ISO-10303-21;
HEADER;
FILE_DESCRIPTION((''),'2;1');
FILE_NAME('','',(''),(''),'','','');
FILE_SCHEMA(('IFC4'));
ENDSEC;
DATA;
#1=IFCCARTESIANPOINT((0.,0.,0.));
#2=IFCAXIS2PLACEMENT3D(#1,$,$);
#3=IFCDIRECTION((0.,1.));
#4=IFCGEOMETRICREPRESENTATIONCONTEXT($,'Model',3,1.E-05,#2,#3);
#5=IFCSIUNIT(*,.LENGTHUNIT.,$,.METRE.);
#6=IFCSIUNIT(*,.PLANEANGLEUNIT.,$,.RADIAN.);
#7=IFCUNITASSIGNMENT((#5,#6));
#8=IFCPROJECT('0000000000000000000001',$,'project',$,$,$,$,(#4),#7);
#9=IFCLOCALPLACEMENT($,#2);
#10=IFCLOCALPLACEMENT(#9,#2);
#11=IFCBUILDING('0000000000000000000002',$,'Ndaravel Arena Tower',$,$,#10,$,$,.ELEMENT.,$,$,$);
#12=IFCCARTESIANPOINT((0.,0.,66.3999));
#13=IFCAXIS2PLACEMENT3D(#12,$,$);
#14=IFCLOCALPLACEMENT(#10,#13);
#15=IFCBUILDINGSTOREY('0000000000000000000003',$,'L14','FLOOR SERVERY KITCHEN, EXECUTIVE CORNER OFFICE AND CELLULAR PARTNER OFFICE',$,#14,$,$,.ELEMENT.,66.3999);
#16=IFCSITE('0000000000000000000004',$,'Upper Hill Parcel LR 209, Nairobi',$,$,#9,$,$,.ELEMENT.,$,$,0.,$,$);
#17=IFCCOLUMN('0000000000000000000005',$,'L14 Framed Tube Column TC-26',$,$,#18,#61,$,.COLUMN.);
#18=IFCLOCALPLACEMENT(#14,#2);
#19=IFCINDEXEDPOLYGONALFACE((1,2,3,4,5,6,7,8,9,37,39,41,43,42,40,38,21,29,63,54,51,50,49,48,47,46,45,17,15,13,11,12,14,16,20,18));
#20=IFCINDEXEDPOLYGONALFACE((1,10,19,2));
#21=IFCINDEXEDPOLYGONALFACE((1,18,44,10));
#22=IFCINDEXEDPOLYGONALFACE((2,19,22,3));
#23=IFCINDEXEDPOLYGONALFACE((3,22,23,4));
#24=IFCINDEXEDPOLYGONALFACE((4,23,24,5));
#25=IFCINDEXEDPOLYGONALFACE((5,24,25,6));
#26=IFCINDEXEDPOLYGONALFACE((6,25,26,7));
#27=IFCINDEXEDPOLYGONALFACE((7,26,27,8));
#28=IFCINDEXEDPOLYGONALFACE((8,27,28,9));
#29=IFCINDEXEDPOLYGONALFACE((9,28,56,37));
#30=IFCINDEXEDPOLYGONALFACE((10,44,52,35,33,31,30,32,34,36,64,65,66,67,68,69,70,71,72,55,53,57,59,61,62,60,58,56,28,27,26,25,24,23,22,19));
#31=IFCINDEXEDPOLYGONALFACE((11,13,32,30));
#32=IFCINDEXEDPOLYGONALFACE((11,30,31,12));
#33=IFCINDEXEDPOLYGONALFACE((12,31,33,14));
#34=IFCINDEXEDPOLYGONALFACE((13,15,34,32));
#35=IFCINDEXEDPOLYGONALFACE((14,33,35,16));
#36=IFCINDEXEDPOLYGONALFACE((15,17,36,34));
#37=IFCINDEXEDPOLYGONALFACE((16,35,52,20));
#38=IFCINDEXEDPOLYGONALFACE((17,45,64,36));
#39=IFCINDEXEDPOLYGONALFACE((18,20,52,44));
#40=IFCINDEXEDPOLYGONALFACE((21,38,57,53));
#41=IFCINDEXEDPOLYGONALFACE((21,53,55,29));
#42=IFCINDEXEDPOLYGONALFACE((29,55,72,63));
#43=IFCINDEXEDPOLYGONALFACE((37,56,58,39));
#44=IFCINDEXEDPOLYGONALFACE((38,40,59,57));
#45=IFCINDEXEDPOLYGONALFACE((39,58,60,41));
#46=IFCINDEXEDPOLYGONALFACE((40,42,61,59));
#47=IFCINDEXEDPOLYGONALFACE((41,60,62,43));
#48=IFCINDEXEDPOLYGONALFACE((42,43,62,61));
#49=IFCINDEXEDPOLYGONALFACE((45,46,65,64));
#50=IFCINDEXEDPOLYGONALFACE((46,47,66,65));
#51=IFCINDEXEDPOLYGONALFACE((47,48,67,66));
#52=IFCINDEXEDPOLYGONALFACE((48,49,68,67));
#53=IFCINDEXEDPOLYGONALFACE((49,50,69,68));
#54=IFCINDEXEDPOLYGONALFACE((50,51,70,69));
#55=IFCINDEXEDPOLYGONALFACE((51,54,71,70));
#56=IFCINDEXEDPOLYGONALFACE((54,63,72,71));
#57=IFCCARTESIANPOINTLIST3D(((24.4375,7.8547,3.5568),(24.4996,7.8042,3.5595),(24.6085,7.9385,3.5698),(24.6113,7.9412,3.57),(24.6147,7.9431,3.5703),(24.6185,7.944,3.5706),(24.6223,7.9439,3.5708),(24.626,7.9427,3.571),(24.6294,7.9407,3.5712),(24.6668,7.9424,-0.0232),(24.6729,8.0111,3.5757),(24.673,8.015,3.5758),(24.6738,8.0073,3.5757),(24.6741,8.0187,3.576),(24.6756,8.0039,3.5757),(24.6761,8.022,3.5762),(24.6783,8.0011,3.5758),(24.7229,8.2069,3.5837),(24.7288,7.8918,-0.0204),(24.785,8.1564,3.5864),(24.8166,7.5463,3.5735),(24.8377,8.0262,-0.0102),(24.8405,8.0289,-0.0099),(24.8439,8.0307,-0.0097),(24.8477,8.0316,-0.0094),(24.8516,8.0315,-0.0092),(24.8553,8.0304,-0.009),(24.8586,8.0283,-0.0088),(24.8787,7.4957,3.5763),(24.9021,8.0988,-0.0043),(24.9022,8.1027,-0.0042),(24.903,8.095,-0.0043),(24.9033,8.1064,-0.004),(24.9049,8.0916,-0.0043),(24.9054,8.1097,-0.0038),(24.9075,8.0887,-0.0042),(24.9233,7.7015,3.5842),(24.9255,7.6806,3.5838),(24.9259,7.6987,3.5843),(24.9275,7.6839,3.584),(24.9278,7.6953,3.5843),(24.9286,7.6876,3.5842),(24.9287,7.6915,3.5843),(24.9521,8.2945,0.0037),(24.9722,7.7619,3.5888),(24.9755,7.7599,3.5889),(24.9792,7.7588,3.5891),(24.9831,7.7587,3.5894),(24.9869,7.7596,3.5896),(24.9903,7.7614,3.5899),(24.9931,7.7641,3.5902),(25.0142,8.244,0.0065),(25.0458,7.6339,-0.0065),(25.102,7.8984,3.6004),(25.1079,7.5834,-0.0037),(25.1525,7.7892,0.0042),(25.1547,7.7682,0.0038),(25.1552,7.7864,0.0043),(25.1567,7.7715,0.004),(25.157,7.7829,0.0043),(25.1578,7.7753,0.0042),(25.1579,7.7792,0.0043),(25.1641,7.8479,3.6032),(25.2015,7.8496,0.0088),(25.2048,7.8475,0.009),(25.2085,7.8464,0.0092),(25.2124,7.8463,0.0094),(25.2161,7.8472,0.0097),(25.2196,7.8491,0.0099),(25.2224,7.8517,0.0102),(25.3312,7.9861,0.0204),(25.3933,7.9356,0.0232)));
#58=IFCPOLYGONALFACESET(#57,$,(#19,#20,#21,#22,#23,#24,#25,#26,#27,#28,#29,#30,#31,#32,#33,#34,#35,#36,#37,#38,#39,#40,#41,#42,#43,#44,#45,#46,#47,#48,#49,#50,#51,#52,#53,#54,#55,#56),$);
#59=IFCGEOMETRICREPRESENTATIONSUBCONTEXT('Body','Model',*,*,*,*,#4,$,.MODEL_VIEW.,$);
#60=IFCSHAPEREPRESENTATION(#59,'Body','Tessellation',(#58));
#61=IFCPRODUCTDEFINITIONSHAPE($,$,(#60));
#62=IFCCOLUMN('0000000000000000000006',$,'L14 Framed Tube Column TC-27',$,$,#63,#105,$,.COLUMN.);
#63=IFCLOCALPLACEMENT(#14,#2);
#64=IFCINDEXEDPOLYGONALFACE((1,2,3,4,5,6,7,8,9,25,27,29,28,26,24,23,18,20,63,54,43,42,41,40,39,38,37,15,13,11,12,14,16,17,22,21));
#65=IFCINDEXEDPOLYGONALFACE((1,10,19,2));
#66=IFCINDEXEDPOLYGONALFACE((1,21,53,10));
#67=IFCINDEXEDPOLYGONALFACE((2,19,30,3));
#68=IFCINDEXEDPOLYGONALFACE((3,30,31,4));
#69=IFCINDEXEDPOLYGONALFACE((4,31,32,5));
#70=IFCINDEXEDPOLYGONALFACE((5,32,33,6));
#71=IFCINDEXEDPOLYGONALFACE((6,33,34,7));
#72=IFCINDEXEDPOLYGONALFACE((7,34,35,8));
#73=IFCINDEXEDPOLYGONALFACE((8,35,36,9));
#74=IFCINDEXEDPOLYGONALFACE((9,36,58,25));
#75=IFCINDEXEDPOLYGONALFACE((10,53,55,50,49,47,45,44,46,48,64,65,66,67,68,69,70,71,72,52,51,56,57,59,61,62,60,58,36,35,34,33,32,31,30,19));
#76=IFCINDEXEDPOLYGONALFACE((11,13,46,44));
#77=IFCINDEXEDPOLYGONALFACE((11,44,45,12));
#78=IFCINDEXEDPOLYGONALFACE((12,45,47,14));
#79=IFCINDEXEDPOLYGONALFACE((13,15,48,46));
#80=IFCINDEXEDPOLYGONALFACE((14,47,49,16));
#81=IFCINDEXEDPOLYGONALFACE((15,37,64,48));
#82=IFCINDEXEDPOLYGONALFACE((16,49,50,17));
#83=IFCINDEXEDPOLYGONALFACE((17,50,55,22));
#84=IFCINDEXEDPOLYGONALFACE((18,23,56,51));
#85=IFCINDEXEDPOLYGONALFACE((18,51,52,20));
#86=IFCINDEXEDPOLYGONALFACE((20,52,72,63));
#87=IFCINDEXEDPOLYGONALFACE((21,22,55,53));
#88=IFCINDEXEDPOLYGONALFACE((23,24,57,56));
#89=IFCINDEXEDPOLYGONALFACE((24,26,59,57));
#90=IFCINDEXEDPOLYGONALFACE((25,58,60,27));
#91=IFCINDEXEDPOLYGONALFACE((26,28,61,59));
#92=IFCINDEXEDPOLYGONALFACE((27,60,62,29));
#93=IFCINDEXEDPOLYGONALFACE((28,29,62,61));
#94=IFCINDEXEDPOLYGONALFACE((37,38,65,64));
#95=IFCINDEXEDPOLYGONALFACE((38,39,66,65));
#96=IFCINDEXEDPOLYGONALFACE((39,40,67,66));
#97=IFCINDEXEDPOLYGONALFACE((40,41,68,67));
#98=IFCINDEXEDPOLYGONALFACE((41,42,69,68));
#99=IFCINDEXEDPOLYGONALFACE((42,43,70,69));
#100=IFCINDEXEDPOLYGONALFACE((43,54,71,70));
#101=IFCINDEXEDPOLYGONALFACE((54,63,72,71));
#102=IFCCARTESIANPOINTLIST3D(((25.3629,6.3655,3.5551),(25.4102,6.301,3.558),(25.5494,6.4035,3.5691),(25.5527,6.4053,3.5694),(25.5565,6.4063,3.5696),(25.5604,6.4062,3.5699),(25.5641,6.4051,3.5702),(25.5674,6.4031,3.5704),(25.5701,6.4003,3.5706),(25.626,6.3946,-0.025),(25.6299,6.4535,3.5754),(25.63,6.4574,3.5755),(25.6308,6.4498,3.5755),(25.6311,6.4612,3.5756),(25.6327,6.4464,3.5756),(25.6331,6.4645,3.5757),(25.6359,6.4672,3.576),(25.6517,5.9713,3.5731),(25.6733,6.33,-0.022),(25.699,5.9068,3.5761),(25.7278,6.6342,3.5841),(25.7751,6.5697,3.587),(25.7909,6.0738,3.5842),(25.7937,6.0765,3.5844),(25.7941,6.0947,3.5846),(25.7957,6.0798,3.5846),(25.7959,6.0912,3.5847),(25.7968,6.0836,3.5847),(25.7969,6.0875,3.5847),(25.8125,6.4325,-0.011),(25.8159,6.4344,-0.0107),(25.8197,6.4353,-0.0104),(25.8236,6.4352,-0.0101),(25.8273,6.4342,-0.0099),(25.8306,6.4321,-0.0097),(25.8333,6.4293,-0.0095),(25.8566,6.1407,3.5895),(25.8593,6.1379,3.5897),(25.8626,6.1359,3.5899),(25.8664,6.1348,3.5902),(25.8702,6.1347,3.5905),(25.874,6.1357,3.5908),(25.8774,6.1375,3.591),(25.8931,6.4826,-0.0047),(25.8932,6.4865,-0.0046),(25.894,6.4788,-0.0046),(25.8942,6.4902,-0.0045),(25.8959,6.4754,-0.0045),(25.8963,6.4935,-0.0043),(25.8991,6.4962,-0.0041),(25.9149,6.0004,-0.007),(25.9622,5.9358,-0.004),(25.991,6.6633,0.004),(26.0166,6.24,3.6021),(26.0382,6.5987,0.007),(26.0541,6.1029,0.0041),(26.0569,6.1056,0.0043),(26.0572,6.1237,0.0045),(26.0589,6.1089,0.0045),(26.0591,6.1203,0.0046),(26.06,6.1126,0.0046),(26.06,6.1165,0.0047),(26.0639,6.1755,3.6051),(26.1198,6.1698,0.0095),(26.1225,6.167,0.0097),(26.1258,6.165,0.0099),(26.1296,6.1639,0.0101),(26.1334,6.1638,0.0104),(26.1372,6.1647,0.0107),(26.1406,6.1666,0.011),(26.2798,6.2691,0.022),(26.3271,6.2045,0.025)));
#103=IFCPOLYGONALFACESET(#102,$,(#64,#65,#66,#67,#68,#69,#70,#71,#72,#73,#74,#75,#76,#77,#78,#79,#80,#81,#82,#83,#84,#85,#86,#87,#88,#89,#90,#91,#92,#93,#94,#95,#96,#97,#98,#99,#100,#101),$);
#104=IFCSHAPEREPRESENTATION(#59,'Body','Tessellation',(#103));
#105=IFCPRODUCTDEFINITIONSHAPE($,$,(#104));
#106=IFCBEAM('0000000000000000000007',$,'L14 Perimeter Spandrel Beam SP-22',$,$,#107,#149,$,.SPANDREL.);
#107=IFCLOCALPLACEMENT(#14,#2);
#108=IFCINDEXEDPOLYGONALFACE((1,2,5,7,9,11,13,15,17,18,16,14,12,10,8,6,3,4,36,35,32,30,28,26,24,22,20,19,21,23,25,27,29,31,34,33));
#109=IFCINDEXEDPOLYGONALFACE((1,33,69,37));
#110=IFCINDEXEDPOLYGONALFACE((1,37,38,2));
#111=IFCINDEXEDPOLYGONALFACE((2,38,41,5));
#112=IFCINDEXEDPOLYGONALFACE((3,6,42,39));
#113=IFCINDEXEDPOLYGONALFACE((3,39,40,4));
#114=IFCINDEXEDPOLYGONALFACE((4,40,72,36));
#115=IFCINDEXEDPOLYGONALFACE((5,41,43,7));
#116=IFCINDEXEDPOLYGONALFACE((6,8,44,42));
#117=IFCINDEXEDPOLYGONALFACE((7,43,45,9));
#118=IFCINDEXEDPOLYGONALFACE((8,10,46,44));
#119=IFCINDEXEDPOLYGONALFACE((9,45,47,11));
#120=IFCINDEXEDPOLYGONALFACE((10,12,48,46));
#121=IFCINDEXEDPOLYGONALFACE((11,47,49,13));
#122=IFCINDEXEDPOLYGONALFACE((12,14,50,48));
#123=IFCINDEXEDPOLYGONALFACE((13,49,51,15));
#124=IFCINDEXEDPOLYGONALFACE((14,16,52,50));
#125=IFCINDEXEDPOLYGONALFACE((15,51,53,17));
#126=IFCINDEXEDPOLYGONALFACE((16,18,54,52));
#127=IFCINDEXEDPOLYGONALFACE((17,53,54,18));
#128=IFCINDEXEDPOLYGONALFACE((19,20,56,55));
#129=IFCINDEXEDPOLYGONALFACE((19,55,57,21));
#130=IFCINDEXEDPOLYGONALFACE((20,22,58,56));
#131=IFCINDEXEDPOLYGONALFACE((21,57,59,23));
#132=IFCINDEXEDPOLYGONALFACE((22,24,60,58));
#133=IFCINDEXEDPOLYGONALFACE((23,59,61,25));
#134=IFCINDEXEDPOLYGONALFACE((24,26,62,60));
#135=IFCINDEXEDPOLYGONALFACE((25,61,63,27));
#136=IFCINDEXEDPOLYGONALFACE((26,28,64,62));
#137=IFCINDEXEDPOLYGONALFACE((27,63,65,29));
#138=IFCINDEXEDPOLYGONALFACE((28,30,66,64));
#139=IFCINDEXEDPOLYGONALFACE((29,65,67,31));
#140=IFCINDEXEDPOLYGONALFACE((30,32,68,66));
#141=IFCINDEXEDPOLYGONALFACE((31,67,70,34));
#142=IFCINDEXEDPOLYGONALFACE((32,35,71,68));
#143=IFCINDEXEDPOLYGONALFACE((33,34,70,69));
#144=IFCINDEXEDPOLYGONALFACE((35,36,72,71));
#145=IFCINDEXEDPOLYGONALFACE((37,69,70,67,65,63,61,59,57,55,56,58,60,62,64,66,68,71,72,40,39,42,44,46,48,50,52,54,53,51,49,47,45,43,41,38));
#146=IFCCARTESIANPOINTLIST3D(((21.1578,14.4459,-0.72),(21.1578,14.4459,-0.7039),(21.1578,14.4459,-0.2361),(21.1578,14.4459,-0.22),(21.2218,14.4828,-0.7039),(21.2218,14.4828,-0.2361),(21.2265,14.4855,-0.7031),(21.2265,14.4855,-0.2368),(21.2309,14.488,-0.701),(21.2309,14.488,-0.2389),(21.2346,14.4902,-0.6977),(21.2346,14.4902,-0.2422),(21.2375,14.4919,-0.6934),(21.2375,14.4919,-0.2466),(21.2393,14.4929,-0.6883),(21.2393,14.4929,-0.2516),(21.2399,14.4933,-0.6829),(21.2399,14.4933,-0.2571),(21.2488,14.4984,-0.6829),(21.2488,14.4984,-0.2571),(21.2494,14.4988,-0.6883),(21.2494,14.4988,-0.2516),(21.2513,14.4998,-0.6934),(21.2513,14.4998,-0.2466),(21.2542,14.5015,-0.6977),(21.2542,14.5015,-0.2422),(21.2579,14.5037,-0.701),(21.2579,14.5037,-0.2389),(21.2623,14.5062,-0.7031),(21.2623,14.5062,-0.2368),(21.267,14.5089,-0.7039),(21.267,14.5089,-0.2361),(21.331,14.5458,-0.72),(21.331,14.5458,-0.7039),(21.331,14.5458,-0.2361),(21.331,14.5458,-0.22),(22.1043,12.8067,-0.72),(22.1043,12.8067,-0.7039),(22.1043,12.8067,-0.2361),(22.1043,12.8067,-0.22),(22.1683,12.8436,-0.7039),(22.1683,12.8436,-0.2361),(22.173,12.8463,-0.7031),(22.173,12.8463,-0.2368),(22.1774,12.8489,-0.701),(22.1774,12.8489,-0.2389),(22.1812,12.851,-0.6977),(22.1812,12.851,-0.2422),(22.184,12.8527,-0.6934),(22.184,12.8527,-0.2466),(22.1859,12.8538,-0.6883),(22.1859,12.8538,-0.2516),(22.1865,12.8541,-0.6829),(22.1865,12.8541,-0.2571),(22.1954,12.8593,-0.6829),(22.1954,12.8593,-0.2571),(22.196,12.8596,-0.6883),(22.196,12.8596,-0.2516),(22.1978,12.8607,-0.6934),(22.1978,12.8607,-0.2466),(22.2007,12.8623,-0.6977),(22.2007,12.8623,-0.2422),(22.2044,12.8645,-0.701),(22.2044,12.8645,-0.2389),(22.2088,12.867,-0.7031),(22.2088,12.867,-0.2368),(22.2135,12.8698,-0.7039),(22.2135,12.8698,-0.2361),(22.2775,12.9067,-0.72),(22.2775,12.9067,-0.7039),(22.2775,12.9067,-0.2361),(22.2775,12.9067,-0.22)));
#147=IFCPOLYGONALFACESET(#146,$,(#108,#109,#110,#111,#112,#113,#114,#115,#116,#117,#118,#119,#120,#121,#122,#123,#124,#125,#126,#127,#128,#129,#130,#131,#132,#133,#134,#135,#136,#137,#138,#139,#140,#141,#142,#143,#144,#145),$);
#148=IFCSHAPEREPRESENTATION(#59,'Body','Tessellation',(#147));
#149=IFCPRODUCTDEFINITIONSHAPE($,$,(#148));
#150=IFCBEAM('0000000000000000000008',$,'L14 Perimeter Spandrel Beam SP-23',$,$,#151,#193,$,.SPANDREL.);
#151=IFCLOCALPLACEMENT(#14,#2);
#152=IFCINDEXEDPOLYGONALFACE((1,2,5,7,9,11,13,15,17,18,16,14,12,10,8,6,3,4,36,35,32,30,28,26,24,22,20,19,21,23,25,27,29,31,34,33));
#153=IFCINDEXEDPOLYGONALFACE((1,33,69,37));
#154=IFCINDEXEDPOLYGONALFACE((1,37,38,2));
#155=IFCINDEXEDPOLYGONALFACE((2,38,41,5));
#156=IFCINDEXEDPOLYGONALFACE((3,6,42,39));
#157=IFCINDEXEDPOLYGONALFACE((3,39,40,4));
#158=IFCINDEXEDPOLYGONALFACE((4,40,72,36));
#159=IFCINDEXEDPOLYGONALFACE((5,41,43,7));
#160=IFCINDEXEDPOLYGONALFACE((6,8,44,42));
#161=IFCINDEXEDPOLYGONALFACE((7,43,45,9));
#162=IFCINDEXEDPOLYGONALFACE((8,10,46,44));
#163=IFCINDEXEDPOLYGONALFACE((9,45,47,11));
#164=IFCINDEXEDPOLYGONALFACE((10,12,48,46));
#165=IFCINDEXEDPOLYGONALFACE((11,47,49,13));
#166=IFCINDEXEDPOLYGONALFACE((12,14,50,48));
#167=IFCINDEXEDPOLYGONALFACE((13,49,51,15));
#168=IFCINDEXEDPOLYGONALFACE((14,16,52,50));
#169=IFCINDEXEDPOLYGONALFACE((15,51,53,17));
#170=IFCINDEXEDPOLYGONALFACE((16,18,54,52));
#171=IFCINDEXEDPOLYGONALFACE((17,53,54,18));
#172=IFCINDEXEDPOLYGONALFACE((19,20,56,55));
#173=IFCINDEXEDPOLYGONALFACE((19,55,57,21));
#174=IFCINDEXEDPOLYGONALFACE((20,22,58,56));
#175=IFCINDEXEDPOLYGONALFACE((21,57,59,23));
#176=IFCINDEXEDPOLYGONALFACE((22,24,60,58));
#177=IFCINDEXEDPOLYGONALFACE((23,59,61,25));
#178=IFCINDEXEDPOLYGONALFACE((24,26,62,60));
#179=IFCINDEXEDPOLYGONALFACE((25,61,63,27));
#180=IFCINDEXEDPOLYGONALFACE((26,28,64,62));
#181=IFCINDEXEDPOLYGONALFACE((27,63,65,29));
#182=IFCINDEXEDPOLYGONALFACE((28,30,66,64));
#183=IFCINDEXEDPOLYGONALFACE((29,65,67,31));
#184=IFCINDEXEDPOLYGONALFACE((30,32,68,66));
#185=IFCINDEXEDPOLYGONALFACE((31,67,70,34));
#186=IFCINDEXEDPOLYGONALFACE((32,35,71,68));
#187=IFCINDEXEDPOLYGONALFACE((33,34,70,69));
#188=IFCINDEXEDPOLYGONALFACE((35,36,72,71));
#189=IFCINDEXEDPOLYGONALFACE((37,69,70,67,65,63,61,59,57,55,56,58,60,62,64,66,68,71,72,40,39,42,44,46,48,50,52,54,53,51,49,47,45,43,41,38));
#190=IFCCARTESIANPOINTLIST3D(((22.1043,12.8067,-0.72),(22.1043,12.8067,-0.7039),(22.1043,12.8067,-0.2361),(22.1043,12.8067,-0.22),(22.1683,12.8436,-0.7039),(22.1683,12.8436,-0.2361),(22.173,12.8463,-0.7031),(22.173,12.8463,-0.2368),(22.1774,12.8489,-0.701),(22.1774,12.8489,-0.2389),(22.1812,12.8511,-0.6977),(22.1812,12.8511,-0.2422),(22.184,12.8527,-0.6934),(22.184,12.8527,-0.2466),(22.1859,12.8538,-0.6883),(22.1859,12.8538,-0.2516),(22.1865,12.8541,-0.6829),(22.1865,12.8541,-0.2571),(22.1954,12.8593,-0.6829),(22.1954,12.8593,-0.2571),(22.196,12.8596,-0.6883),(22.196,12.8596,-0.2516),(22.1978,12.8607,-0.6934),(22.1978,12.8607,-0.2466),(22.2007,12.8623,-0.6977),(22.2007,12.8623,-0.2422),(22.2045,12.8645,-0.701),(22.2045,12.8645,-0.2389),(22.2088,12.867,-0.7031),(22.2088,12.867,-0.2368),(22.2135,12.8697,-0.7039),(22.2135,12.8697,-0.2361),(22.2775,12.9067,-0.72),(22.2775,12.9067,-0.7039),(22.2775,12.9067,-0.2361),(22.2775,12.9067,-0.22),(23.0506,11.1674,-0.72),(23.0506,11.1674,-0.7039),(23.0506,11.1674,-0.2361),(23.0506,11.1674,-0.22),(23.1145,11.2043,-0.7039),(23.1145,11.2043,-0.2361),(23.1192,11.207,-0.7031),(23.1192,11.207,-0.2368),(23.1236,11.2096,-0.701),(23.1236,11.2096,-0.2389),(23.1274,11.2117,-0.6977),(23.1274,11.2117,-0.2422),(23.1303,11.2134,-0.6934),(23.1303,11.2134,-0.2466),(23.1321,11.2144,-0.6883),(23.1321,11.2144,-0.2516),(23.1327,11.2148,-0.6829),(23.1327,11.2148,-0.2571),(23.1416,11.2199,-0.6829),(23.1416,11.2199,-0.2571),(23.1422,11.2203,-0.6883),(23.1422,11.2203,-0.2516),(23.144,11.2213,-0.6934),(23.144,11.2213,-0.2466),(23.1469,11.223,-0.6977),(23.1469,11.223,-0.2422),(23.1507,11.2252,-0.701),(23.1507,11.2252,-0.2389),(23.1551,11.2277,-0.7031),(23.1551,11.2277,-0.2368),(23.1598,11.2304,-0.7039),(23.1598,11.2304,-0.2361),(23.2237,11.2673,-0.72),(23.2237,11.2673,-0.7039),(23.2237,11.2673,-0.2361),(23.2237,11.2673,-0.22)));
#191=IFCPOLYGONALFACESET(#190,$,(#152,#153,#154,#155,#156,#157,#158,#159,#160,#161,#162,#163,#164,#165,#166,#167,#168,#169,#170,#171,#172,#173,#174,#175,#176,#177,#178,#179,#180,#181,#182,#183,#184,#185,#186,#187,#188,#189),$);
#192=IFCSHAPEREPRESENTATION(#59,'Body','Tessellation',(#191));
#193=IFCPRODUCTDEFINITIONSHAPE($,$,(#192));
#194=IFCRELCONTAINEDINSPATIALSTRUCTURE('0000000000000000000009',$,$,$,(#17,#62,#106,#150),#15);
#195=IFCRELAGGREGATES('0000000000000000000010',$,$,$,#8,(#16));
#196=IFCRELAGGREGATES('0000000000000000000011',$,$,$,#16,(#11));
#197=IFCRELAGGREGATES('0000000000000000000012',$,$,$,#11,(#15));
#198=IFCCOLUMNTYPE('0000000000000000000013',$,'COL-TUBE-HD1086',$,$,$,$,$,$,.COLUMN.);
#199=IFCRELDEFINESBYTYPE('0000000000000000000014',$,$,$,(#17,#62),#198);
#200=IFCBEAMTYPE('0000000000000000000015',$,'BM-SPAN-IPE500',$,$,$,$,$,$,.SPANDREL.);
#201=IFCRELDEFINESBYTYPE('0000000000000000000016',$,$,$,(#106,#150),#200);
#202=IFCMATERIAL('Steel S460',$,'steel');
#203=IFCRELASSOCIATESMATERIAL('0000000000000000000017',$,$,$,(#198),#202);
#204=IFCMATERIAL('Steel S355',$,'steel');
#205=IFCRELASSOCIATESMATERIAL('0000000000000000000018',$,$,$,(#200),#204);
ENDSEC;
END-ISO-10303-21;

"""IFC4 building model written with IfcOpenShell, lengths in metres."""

from ifc_helpers import new_model, si_unit, direction, frame, origin, origin_2d, place, context, subcontext, project, spatial, i_section, extrude, material, material_profile, profile_set, type_object, element, save


model = new_model("IFC4")

# Units and contexts
model_context = context("Model", 3, precision=1e-05, world=origin(), true_north=direction((0.0, 1.0)))
body_context = subcontext(model_context, "Body", "Model", "MODEL_VIEW")
ifc_project = project(units=[si_unit("LENGTHUNIT", "METRE"), si_unit("PLANEANGLEUNIT", "RADIAN")], contexts=[model_context])

# Site, building, storey
site_placement = place(None, origin())
site = spatial("IfcSite", under=ifc_project, at=site_placement, Name="Upper Hill Parcel LR 209, Nairobi", CompositionType="ELEMENT", RefElevation=0.0)
building_placement = place(site_placement, origin())
building = spatial("IfcBuilding", under=site, at=building_placement, Name="Ndaravel Arena Tower", CompositionType="ELEMENT")
storey_placement = place(building_placement, frame((0.0, 0.0, 66.3999)))
storey = spatial("IfcBuildingStorey", under=building, at=storey_placement, Name="L14", Description="FLOOR SERVERY KITCHEN, EXECUTIVE CORNER OFFICE AND CELLULAR PARTNER OFFICE", CompositionType="ELEMENT", Elevation=66.3999)

# Columns
ifc_material_1 = material(Name="Steel S460", Category="steel")
ifc_material_profile_1 = material_profile(ifc_material_1, i_section(OverallWidth=0.4541, OverallDepth=0.5691, WebThickness=0.0779, FlangeThickness=0.0801, FilletRadius=0.0149, at=origin_2d()), Name="HD 400x1086")
ifc_profile_set_1 = profile_set([ifc_material_profile_1], Name="Steel S460")
column_type = type_object("IfcColumnType", Name="COL-TUBE-HD1086", PredefinedType="COLUMN", material=ifc_profile_set_1)
for number, where, z_axis, x_axis, name in (
    (1, (25.03, 7.939, 0.0), (-0.063884, -0.024424, 0.997658), (0.628471, 0.775575, 0.059231), "L14 Framed Tube Column TC-26"),
):
    element("IfcColumn", number, at=place(storey_placement, frame(where, z_axis=z_axis, x_axis=x_axis)), inside=storey, type_object=column_type, Name=name, PredefinedType="COLUMN", context=body_context, shape_type="SweptSolid", body=[
        extrude(i_section(OverallWidth=0.4541, OverallDepth=0.5691, WebThickness=0.0779, FlangeThickness=0.0801, FilletRadius=0.0149, at=origin_2d()), origin(), (0.0, 0.0, 1.0), 3.5884),
    ])
column_1_placement = place(storey_placement, frame((25.9766, 6.2996, 0.0), z_axis=(-0.073313, -0.008093, 0.997276), x_axis=(0.80359, 0.591745, 0.063877)))
element("IfcColumn", 2, at=column_1_placement, inside=storey, type_object=column_type, Name="L14 Framed Tube Column TC-27", PredefinedType="COLUMN", context=body_context, shape_type="SweptSolid", body=[
    extrude(i_section(OverallWidth=0.4541, OverallDepth=0.5691, WebThickness=0.0779, FlangeThickness=0.0801, FilletRadius=0.0149, at=origin_2d()), origin(), (0.0, 0.0, 1.0), 3.5898),
])

# Beams
ifc_material_2 = material(Name="Steel S355", Category="steel")
ifc_material_profile_2 = material_profile(ifc_material_2, i_section(OverallWidth=0.2, OverallDepth=0.5, WebThickness=0.0103, FlangeThickness=0.0161, FilletRadius=0.021, at=origin_2d()), Name="IPE 500")
ifc_profile_set_2 = profile_set([ifc_material_profile_2], Name="Steel S355")
beam_type = type_object("IfcBeamType", Name="BM-SPAN-IPE500", PredefinedType="SPANDREL", material=ifc_profile_set_2)
for number, where, z_axis, x_axis, name in (
    (3, (21.2444, 14.4958, -0.47), (0.500065, -0.865988, 0.0), (0.865988, 0.500065, 0.0), "L14 Perimeter Spandrel Beam SP-22"),
    (4, (22.1909, 12.8567, -0.47), (0.499912, -0.866076, 0.0), (0.866076, 0.499912, 0.0), "L14 Perimeter Spandrel Beam SP-23"),
):
    element("IfcBeam", number, at=place(storey_placement, frame(where, z_axis=z_axis, x_axis=x_axis)), inside=storey, type_object=beam_type, Name=name, PredefinedType="SPANDREL", context=body_context, shape_type="SweptSolid", body=[
        extrude(i_section(OverallWidth=0.2, OverallDepth=0.5, WebThickness=0.0103, FlangeThickness=0.0161, FilletRadius=0.021, at=origin_2d()), origin(), (0.0, 0.0, 1.0), 1.8928),
    ])

save(model, "model.ifc")
